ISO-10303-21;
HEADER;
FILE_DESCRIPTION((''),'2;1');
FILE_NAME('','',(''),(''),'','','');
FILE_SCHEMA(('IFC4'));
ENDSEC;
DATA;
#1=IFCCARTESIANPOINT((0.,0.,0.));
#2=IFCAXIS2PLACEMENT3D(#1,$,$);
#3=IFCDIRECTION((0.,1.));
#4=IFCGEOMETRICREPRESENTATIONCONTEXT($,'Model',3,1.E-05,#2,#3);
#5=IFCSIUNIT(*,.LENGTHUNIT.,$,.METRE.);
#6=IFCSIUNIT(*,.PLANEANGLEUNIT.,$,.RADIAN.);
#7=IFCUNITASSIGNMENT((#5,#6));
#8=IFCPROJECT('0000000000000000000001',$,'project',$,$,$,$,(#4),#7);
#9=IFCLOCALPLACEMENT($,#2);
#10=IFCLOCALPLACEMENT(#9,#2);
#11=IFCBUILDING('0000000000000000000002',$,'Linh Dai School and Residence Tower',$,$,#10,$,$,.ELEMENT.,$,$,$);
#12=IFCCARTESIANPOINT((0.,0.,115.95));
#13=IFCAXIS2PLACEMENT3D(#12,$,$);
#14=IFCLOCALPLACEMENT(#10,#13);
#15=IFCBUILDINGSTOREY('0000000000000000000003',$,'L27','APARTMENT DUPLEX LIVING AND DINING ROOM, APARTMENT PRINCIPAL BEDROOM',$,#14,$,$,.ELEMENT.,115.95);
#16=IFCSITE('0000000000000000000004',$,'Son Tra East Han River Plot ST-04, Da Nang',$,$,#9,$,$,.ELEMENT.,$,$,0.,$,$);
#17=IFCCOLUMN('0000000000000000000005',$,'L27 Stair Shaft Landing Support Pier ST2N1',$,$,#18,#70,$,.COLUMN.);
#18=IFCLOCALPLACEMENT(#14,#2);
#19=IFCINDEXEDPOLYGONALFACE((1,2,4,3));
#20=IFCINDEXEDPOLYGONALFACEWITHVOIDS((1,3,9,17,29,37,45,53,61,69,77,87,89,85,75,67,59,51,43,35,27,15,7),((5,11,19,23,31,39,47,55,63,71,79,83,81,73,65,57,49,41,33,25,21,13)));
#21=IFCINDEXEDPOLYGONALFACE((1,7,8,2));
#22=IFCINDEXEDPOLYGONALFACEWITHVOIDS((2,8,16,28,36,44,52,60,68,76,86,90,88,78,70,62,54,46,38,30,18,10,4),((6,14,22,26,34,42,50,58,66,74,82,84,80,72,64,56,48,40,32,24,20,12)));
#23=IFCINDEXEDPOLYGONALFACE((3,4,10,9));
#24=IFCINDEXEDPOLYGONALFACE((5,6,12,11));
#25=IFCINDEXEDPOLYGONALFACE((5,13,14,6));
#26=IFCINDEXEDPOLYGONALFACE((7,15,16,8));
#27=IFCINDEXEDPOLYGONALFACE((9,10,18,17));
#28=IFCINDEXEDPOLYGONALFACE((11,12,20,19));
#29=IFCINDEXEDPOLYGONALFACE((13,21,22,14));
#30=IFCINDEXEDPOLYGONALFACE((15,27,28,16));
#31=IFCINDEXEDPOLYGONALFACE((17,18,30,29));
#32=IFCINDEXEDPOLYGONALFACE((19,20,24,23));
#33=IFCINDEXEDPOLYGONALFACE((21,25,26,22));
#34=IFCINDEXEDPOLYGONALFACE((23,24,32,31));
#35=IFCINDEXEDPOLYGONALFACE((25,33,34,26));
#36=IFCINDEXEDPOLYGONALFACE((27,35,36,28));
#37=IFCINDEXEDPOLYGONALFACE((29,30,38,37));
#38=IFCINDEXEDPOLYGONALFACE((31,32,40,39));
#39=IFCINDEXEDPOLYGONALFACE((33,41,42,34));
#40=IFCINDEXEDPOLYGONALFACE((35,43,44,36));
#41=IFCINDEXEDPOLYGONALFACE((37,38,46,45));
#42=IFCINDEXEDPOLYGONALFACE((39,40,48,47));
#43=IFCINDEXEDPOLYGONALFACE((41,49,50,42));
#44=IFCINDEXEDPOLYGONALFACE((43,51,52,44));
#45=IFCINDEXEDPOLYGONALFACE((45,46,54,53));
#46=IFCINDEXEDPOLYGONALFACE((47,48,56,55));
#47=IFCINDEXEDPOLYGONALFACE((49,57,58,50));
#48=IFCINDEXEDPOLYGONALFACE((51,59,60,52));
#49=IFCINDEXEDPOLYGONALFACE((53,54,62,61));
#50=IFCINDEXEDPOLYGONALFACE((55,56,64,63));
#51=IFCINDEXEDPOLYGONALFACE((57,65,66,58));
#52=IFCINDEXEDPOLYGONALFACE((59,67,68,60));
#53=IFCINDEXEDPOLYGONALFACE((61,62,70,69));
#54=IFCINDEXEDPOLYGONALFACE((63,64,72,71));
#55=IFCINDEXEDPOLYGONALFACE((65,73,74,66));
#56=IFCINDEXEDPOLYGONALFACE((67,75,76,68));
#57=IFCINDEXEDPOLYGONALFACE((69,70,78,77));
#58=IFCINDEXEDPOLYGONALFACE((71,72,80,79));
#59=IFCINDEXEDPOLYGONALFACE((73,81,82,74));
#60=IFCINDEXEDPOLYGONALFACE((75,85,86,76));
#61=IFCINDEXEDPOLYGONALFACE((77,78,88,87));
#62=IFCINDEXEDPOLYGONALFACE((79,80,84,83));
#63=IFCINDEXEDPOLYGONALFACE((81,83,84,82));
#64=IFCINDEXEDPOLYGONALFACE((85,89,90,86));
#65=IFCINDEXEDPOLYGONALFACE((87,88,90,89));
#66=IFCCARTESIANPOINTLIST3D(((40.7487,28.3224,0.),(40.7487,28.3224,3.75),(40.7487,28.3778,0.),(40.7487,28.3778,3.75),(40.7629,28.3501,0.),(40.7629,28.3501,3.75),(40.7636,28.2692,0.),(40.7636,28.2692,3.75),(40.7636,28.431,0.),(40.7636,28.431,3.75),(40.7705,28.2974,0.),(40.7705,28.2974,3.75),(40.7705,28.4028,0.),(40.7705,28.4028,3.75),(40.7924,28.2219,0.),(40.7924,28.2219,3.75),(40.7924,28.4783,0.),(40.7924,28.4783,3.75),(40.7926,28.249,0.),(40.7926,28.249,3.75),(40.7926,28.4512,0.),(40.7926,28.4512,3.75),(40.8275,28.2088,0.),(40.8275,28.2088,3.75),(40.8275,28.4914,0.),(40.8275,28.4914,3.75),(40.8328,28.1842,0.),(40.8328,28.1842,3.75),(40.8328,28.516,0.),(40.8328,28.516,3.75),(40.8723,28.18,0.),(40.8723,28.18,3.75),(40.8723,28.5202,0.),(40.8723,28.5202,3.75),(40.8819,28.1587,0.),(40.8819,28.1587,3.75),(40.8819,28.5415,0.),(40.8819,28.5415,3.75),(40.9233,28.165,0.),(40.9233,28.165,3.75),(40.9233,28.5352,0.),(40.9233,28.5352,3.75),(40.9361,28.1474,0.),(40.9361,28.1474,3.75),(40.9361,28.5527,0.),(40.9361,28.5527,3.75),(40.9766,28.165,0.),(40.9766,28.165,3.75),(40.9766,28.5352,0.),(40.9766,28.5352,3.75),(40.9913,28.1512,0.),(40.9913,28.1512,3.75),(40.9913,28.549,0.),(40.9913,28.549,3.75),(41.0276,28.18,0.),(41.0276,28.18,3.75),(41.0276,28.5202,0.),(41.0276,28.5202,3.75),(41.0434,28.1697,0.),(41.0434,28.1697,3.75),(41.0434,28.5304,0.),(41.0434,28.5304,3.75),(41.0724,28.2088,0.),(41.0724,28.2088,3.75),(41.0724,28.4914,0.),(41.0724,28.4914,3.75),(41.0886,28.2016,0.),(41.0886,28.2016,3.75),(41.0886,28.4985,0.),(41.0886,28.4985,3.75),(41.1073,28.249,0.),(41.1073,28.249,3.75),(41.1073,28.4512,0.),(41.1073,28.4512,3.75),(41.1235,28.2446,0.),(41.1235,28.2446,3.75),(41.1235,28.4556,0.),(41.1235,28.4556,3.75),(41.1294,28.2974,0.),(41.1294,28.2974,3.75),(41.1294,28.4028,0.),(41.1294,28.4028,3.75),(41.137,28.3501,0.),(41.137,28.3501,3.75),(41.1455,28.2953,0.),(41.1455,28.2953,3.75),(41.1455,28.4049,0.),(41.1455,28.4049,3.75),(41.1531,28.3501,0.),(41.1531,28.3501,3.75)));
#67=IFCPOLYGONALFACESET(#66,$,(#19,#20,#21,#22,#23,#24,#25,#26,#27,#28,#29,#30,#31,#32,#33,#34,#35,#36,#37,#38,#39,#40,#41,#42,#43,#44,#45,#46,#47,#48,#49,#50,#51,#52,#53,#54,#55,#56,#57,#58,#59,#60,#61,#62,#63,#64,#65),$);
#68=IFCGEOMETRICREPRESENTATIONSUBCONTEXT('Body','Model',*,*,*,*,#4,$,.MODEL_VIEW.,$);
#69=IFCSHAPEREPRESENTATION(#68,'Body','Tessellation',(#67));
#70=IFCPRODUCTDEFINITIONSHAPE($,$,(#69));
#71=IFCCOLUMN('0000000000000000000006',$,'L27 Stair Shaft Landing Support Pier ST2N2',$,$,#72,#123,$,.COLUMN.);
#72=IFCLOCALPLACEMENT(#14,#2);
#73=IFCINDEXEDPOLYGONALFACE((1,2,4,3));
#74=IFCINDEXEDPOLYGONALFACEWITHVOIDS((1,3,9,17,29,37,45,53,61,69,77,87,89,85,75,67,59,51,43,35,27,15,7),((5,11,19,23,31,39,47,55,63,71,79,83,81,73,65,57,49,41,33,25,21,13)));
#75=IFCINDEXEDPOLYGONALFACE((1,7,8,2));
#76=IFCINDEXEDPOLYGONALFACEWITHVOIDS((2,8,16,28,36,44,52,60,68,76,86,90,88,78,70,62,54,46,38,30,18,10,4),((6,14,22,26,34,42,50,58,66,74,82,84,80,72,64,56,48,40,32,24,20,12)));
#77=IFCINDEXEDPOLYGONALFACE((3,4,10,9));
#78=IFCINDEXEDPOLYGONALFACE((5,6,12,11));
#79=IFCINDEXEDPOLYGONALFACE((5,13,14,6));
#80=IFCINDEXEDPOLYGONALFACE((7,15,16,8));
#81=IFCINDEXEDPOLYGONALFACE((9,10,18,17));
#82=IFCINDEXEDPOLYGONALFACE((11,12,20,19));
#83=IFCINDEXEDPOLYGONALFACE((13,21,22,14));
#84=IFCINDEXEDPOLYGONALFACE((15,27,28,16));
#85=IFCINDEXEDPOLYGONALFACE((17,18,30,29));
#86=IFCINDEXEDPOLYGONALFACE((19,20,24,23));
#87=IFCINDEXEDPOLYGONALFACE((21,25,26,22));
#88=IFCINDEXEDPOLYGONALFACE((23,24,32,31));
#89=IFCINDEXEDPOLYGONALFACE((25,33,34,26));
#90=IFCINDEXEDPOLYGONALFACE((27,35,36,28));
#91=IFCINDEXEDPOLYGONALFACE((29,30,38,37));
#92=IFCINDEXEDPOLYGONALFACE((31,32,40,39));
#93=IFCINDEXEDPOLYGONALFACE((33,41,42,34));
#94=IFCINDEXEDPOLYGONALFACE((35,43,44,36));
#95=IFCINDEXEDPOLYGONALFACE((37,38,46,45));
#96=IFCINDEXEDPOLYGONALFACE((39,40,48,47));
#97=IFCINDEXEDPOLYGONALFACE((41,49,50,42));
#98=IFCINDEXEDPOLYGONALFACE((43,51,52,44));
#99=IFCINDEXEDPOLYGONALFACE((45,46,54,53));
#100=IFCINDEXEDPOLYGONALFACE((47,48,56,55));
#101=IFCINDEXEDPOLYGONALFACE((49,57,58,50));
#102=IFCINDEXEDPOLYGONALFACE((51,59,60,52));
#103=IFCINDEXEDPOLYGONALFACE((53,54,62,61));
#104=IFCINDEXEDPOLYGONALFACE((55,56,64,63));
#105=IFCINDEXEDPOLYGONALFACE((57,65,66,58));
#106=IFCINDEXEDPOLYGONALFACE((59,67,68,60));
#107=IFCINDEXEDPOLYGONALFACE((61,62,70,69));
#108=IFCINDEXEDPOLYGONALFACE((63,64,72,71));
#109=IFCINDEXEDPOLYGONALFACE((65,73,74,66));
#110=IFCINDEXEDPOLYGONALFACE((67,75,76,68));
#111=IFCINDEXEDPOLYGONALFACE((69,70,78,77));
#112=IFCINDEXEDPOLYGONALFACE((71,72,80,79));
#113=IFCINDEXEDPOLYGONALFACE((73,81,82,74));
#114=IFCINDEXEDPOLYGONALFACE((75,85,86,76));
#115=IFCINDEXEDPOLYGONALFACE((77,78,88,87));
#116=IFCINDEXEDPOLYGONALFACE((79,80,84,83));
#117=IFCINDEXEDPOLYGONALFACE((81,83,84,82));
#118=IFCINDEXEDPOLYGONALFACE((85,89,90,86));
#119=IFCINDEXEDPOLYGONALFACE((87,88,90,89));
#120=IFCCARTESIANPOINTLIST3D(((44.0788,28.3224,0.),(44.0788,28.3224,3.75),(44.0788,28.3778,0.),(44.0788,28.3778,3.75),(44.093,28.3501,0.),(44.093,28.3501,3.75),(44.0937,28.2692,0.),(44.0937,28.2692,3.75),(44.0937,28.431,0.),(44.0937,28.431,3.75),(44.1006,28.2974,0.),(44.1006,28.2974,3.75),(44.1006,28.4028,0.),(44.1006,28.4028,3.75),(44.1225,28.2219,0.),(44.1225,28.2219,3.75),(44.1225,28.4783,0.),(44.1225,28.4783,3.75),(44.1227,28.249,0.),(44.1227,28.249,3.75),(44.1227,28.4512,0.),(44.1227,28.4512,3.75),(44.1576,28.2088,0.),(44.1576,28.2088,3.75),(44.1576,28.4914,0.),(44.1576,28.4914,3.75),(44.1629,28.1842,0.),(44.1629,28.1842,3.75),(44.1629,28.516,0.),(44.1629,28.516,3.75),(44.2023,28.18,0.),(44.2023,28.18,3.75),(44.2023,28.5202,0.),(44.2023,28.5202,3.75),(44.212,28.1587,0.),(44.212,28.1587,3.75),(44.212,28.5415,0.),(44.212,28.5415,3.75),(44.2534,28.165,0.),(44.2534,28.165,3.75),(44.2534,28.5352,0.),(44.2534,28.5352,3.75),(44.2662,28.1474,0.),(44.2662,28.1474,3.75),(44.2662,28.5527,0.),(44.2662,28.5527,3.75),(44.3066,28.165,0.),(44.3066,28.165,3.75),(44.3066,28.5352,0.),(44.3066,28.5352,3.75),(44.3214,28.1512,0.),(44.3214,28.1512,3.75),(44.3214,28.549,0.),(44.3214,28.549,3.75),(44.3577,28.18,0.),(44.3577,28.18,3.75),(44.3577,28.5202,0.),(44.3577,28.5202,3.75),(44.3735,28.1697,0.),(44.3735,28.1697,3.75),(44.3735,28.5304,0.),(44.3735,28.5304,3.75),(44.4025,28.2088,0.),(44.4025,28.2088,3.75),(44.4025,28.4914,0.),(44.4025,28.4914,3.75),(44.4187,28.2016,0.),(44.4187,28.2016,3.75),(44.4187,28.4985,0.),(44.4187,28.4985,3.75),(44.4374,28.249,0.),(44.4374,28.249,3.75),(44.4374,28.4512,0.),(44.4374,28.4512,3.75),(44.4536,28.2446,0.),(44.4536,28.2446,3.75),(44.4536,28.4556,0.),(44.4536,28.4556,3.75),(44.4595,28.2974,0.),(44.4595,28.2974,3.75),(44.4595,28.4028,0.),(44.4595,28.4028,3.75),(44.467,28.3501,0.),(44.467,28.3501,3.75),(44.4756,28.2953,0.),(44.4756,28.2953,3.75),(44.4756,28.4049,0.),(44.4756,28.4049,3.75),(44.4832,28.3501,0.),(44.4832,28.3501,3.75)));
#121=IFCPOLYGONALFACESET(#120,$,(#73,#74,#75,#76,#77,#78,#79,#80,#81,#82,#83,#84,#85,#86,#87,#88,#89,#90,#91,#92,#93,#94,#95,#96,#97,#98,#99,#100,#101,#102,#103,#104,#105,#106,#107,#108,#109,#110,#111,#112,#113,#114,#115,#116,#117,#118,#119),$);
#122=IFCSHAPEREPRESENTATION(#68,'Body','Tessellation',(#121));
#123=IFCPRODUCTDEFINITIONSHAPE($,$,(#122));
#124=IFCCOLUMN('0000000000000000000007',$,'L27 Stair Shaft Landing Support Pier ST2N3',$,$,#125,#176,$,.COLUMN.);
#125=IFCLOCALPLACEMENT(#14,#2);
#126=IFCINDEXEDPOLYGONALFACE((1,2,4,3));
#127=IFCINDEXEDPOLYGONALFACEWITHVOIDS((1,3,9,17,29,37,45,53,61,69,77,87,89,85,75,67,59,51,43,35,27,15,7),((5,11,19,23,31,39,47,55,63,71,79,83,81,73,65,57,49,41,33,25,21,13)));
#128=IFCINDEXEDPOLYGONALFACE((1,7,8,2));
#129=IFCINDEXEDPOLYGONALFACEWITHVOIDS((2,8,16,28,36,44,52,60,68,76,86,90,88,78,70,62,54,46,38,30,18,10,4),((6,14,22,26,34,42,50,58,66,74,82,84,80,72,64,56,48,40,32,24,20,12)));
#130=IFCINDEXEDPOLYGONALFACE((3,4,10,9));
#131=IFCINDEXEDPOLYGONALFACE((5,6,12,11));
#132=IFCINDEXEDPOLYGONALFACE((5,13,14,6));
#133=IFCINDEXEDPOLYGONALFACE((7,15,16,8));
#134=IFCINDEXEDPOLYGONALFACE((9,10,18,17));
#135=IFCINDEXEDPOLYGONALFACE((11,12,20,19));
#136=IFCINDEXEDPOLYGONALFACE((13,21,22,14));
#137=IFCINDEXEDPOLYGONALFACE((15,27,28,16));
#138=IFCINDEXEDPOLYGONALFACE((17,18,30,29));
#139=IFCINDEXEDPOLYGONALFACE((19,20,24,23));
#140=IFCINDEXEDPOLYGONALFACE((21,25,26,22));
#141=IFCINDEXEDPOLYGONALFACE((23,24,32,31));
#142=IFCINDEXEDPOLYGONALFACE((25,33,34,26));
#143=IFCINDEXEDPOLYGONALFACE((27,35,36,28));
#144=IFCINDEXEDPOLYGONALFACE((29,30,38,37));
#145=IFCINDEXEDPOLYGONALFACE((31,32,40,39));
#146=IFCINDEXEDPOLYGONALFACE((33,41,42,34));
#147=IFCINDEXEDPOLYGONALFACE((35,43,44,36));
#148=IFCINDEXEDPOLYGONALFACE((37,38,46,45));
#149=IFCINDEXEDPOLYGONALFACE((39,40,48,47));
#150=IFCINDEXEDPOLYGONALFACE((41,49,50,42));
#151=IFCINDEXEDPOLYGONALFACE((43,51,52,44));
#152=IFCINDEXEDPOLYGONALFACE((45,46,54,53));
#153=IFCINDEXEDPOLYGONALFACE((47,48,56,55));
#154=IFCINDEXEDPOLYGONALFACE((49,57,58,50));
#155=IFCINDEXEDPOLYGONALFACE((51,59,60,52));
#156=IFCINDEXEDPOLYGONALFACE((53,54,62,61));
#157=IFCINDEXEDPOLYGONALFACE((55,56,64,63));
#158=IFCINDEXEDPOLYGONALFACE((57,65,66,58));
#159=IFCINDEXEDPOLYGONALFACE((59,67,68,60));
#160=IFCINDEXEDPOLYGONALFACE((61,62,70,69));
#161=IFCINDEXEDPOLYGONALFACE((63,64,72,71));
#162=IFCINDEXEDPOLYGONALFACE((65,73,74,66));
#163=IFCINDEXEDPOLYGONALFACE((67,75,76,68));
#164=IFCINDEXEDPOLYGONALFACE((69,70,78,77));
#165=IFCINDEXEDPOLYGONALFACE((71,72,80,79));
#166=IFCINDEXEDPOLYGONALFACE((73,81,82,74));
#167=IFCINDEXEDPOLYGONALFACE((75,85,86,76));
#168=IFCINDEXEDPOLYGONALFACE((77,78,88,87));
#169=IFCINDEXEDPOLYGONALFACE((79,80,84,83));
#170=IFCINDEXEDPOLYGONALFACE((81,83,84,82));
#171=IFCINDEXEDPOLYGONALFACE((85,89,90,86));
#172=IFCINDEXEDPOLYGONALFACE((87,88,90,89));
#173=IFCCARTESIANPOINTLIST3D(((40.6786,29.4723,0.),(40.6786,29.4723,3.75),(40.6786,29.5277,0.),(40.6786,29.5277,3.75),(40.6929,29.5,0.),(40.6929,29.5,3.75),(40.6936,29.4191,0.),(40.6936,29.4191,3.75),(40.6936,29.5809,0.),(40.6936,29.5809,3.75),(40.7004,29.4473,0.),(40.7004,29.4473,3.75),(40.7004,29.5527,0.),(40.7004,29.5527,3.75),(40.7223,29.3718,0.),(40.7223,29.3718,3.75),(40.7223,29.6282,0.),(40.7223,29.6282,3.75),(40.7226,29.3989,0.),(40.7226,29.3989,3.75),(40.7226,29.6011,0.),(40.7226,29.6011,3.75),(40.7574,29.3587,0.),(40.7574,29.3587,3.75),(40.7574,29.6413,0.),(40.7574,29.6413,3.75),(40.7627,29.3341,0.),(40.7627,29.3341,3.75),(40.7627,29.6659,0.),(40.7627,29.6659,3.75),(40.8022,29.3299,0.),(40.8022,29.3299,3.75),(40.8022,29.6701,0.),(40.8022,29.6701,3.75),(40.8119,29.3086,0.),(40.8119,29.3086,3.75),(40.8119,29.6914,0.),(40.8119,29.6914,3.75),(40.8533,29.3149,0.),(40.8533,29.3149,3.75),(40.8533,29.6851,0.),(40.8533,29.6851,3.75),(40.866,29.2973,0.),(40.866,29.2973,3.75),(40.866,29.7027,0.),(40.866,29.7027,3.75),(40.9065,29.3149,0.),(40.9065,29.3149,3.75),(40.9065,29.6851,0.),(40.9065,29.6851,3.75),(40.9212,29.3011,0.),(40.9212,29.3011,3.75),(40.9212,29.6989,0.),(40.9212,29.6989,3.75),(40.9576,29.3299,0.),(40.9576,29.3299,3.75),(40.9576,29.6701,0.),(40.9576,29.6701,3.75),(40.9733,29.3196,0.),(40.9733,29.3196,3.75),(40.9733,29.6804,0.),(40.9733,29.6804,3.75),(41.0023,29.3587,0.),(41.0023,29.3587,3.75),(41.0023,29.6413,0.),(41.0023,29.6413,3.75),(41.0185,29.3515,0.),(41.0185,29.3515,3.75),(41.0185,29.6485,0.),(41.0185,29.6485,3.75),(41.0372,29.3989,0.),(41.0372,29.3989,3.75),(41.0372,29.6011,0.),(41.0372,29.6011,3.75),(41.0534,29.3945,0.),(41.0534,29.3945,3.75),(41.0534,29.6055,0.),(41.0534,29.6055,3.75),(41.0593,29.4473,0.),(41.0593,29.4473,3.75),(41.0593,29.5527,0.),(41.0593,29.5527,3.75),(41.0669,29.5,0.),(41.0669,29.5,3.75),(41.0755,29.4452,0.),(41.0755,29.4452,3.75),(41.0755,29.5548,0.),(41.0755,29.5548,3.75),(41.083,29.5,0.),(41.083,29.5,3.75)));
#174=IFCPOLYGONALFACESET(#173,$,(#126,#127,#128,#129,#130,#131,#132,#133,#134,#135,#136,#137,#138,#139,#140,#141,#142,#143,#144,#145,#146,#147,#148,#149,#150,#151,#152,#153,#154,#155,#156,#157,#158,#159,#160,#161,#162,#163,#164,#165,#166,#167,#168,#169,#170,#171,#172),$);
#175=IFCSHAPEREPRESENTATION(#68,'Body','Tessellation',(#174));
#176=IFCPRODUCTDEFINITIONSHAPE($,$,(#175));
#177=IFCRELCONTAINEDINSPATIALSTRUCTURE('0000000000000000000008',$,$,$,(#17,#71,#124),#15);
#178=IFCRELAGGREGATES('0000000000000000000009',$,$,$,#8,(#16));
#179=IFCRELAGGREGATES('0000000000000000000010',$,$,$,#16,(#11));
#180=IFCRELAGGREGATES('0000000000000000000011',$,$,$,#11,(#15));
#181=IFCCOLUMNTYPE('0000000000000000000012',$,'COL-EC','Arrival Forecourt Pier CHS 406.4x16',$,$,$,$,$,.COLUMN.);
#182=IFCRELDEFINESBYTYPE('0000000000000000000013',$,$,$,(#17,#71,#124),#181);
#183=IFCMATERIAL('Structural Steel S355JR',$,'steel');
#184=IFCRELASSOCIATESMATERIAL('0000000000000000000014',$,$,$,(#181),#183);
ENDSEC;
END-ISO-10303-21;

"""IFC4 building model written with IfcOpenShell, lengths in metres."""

from ifc_helpers import new_model, si_unit, direction, frame, origin, origin_2d, place, context, subcontext, project, spatial, hollow_circle, extrude, material, material_profile, profile_set, type_object, element, save


model = new_model("IFC4")

# Units and contexts
model_context = context("Model", 3, precision=1e-05, world=origin(), true_north=direction((0.0, 1.0)))
body_context = subcontext(model_context, "Body", "Model", "MODEL_VIEW")
ifc_project = project(units=[si_unit("LENGTHUNIT", "METRE"), si_unit("PLANEANGLEUNIT", "RADIAN")], contexts=[model_context])

# Site, building, storey
site_placement = place(None, origin())
site = spatial("IfcSite", under=ifc_project, at=site_placement, Name="Son Tra East Han River Plot ST-04, Da Nang", CompositionType="ELEMENT", RefElevation=0.0)
building_placement = place(site_placement, origin())
building = spatial("IfcBuilding", under=site, at=building_placement, Name="Linh Dai School and Residence Tower", CompositionType="ELEMENT")
storey_placement = place(building_placement, frame((0.0, 0.0, 115.95)))
storey = spatial("IfcBuildingStorey", under=building, at=storey_placement, Name="L27", Description="APARTMENT DUPLEX LIVING AND DINING ROOM, APARTMENT PRINCIPAL BEDROOM", CompositionType="ELEMENT", Elevation=115.95)

# Columns
ifc_material_1 = material(Name="Structural Steel S355JR", Category="steel")
ifc_material_profile_1 = material_profile(ifc_material_1, hollow_circle(Radius=0.2031, WallThickness=0.0161, at=origin_2d()), Name="CHS 406.4x16")
ifc_profile_set_1 = profile_set([ifc_material_profile_1], Name="Structural Steel S355JR")
column_type_1 = type_object("IfcColumnType", Name="COL-EC", Description="Arrival Forecourt Pier CHS 406.4x16", PredefinedType="COLUMN", material=ifc_profile_set_1)
for number, where, z_axis, x_axis, name in (
    (1, (40.95, 28.3501, 0.0), (0.0, 0.0, 1.0), (1.0, 0.0, 0.0), "L27 Stair Shaft Landing Support Pier ST2N1"),
    (2, (44.28, 28.3501, 0.0), (0.0, 0.0, 1.0), (1.0, 0.0, 0.0), "L27 Stair Shaft Landing Support Pier ST2N2"),
    (3, (40.8799, 29.5, 0.0), (0.0, 0.0, 1.0), (1.0, 0.0, 0.0), "L27 Stair Shaft Landing Support Pier ST2N3"),
):
    element("IfcColumn", number, at=place(storey_placement, frame(where, z_axis=z_axis, x_axis=x_axis)), inside=storey, type_object=column_type_1, Name=name, PredefinedType="COLUMN", context=body_context, shape_type="SweptSolid", body=[
        extrude(hollow_circle(Radius=0.2031, WallThickness=0.0161, at=origin_2d()), origin(), (0.0, 0.0, 1.0), 3.75),
    ])

save(model, "model.ifc")
